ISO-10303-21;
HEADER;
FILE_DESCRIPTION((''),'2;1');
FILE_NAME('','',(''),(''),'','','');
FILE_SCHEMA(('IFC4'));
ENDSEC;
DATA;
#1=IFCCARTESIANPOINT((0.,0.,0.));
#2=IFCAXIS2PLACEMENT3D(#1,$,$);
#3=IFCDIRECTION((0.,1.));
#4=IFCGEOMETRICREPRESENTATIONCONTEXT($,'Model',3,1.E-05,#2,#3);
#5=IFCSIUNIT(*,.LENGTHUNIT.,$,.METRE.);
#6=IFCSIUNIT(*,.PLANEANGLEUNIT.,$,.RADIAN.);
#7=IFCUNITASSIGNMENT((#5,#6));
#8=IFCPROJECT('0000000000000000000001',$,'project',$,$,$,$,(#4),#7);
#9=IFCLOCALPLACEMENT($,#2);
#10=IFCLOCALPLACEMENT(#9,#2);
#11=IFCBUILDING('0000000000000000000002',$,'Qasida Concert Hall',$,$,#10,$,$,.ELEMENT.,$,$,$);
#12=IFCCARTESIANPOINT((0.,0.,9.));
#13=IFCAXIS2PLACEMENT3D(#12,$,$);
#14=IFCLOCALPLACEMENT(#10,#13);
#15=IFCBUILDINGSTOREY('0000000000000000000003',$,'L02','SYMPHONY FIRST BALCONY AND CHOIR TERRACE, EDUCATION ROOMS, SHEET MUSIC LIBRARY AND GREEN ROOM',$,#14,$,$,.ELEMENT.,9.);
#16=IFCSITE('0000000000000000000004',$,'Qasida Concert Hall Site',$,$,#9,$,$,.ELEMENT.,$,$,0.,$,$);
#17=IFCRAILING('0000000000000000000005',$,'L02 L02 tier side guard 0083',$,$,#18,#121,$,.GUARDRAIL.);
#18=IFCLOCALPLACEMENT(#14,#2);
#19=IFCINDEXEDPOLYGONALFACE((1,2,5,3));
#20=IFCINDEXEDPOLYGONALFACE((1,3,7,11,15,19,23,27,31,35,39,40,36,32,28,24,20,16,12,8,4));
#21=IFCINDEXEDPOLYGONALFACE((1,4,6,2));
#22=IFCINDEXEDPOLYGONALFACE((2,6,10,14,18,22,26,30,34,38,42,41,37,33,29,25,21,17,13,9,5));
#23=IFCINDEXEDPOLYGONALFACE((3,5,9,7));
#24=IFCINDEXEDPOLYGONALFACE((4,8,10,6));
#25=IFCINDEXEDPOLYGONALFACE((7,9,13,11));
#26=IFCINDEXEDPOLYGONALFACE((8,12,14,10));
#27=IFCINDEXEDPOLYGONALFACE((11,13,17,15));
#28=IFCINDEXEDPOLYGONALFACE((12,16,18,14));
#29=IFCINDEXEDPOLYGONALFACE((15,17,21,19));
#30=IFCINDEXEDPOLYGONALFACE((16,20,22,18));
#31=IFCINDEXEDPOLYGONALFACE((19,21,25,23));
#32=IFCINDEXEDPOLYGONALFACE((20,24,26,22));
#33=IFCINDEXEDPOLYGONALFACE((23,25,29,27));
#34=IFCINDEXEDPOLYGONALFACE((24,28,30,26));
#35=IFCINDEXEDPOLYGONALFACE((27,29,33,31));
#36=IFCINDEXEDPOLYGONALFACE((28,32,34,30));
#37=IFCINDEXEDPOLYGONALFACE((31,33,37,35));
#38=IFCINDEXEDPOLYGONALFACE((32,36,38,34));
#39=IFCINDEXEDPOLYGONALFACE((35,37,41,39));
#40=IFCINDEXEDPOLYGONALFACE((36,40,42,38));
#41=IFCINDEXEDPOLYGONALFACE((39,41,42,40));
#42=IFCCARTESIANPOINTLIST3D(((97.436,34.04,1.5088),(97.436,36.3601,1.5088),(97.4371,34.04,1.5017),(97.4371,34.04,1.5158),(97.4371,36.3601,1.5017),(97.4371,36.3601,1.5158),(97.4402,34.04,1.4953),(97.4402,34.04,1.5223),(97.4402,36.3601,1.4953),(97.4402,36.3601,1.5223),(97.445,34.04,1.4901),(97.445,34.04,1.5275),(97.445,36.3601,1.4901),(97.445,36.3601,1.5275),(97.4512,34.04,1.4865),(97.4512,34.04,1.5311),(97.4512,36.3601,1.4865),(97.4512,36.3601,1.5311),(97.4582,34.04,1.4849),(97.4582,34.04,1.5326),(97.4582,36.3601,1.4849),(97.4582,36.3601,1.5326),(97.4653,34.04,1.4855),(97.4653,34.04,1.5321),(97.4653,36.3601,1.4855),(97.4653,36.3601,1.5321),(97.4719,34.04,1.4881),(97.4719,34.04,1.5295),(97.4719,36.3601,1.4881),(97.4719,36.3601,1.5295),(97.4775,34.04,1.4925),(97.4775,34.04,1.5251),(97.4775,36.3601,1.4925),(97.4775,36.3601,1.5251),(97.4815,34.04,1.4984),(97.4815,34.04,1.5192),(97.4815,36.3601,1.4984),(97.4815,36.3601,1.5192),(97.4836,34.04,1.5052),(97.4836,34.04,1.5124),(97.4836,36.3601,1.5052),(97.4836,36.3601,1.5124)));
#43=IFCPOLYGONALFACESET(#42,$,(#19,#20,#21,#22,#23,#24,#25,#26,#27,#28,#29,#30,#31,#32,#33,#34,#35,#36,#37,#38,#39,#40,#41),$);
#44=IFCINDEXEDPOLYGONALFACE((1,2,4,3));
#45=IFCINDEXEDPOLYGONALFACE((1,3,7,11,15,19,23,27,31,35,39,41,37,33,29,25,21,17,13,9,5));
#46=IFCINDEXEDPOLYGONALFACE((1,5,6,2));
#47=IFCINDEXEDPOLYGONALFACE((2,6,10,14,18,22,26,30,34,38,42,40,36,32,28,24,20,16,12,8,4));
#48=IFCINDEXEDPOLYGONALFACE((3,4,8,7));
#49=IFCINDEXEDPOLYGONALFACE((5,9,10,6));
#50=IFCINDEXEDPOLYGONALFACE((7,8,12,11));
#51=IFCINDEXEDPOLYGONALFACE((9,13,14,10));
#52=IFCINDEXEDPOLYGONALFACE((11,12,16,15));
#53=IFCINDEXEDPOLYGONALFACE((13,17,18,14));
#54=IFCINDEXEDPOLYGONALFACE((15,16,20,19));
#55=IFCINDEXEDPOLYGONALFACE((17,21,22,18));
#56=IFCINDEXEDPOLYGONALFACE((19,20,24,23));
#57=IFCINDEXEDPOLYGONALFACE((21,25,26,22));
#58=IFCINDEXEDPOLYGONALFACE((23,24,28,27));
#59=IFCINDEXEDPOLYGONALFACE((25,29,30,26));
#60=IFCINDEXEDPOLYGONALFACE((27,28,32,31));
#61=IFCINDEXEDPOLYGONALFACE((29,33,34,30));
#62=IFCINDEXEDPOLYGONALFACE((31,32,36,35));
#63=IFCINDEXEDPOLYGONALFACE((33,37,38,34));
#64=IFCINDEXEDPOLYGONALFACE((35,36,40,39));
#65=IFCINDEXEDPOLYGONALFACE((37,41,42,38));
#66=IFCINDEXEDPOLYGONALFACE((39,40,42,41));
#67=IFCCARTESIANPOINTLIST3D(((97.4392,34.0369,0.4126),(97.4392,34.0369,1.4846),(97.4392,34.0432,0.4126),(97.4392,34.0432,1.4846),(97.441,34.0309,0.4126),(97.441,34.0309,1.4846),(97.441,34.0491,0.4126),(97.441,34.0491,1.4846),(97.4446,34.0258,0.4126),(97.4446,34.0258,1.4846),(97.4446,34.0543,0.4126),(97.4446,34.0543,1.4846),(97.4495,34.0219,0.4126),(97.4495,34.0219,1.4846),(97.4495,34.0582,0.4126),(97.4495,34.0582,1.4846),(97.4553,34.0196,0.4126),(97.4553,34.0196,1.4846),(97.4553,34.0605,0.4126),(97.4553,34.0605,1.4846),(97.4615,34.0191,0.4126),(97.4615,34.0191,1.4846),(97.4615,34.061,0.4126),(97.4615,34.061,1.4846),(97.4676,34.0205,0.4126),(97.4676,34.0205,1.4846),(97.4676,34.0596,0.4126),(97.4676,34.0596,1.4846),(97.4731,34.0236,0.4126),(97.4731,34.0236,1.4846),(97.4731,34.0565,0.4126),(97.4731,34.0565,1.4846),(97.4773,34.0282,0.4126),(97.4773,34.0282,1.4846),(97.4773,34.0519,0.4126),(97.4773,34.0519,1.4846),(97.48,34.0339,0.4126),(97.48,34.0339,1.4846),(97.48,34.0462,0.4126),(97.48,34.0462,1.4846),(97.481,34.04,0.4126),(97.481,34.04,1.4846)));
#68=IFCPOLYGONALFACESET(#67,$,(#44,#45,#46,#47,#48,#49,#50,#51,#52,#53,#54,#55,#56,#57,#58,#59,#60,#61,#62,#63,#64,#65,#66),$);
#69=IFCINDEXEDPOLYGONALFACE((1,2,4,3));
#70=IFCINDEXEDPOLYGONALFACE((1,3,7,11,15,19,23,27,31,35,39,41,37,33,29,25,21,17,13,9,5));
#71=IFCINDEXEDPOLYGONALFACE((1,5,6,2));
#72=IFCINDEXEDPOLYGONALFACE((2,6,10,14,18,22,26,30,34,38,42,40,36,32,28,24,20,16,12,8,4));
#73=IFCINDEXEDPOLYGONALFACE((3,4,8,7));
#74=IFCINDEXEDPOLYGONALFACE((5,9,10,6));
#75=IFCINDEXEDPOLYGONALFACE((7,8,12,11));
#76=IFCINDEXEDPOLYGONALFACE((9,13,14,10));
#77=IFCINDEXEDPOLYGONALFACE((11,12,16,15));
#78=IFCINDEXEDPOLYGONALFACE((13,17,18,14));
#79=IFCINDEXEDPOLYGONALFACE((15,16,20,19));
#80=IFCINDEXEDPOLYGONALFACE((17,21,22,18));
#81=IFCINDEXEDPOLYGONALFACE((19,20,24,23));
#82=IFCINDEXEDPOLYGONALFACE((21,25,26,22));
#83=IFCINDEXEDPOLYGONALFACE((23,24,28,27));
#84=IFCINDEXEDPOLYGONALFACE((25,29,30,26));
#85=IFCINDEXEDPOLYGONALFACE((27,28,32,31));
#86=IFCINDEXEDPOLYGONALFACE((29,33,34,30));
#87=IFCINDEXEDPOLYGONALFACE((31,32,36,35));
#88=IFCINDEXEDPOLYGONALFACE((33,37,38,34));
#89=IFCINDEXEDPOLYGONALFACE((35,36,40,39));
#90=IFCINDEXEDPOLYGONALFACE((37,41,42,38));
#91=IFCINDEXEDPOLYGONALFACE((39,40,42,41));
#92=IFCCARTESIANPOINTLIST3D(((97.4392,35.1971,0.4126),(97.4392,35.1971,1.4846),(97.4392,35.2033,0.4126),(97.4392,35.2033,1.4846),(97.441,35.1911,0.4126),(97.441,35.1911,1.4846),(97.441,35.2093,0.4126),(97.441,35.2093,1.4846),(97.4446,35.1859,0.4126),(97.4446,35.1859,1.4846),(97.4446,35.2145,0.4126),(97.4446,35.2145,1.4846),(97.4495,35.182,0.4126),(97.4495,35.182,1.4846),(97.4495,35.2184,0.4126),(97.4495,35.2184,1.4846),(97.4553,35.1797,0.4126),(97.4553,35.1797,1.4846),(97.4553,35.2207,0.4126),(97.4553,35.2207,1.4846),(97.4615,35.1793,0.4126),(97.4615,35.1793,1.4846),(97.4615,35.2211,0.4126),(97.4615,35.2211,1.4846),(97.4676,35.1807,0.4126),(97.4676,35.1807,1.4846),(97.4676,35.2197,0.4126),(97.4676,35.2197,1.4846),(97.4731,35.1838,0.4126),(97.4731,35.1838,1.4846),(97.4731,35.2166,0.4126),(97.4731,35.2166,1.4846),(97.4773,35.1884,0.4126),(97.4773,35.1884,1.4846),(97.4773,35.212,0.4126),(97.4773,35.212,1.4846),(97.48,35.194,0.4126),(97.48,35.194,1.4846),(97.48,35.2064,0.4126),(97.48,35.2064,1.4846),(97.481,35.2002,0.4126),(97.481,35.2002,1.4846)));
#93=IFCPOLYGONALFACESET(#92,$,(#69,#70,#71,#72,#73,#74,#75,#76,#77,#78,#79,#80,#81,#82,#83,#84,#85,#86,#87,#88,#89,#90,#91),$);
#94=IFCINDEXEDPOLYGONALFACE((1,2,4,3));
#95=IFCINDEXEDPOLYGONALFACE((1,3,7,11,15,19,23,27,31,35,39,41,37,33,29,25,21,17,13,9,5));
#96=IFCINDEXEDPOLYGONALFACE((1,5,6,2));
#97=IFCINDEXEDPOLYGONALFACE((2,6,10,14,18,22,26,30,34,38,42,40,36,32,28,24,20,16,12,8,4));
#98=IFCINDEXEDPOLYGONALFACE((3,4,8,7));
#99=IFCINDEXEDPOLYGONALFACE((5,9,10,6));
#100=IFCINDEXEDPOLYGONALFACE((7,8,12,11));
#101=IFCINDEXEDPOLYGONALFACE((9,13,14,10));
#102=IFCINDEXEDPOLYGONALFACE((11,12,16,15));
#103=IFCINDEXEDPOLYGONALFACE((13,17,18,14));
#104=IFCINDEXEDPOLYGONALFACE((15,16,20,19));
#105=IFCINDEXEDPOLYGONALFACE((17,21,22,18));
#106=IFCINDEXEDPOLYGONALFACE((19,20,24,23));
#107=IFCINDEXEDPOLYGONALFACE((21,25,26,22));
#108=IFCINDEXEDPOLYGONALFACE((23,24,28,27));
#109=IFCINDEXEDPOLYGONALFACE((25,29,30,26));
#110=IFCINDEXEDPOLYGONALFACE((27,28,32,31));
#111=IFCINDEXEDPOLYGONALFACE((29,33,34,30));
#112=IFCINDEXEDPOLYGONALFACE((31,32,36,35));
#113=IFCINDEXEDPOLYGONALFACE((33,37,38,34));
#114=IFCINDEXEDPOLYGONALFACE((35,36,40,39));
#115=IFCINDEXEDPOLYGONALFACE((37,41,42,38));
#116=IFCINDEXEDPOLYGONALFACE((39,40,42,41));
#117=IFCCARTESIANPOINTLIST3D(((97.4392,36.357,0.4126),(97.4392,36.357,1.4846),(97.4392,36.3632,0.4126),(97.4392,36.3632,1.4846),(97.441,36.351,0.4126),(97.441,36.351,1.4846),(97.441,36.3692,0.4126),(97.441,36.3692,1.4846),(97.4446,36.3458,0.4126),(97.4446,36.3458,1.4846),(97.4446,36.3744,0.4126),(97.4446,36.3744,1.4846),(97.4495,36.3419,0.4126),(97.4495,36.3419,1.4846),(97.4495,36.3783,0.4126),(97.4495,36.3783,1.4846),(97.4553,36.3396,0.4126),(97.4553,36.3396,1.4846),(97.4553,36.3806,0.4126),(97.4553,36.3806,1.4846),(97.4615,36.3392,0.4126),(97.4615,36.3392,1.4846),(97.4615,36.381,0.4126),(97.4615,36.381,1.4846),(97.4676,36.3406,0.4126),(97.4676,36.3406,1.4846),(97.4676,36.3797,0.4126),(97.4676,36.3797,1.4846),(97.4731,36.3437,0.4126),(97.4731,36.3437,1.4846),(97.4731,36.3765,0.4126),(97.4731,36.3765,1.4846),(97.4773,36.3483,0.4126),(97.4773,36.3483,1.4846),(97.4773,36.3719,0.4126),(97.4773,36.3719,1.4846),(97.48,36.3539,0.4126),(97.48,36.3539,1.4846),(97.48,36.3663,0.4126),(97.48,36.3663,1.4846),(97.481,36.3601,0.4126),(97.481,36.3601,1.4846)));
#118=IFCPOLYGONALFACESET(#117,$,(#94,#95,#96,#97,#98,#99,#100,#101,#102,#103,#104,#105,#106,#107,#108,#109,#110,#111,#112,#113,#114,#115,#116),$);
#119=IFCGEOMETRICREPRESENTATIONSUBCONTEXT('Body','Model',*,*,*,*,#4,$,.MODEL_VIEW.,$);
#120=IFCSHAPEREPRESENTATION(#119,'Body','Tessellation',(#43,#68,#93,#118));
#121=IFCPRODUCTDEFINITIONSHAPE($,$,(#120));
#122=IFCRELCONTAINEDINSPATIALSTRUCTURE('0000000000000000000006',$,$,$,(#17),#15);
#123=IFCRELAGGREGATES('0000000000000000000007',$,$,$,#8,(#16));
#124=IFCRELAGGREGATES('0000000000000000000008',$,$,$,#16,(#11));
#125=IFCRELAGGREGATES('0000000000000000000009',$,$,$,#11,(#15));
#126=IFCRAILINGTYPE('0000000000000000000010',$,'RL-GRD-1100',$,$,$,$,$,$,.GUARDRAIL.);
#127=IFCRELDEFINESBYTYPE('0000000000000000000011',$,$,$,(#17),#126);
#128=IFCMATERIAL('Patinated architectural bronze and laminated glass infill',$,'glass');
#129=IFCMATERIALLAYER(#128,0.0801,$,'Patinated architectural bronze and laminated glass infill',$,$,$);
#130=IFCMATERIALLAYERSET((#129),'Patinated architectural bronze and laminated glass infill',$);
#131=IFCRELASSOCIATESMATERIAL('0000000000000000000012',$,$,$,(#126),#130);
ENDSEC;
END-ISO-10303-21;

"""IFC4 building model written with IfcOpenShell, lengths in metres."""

from ifc_helpers import new_model, si_unit, direction, frame, origin, origin_2d, place, context, subcontext, project, spatial, circle, extrude, material, layer, layer_set, type_object, element, save


model = new_model("IFC4")

# Units and contexts
model_context = context("Model", 3, precision=1e-05, world=origin(), true_north=direction((0.0, 1.0)))
body_context = subcontext(model_context, "Body", "Model", "MODEL_VIEW")
ifc_project = project(units=[si_unit("LENGTHUNIT", "METRE"), si_unit("PLANEANGLEUNIT", "RADIAN")], contexts=[model_context])

# Site, building, storey
site_placement = place(None, origin())
site = spatial("IfcSite", under=ifc_project, at=site_placement, Name="Qasida Concert Hall Site", CompositionType="ELEMENT", RefElevation=0.0)
building_placement = place(site_placement, origin())
building = spatial("IfcBuilding", under=site, at=building_placement, Name="Qasida Concert Hall", CompositionType="ELEMENT")
storey_placement = place(building_placement, frame((0.0, 0.0, 9.0)))
storey = spatial("IfcBuildingStorey", under=building, at=storey_placement, Name="L02", Description="SYMPHONY FIRST BALCONY AND CHOIR TERRACE, EDUCATION ROOMS, SHEET MUSIC LIBRARY AND GREEN ROOM", CompositionType="ELEMENT", Elevation=9.0)

# Railing
ifc_material_1 = material(Name="Patinated architectural bronze and laminated glass infill", Category="glass")
ifc_layer_1 = layer(ifc_material_1, 0.0801, Name="Patinated architectural bronze and laminated glass infill")
ifc_layer_set_1 = layer_set([ifc_layer_1], Name="Patinated architectural bronze and laminated glass infill")
railing_type_1 = type_object("IfcRailingType", Name="RL-GRD-1100", PredefinedType="GUARDRAIL", material=ifc_layer_set_1)
for number, where, name in (
    (1, (97.46, 34.04, 0.4126), "L02 L02 tier side guard 0083"),
):
    element("IfcRailing", number, at=place(storey_placement, frame(where)), inside=storey, type_object=railing_type_1, Name=name, PredefinedType="GUARDRAIL", context=body_context, shape_type="SweptSolid", body=[
        extrude(circle(Radius=0.0239, at=origin_2d()), frame((0.0, 0.0, 1.0962), z_axis=(0.0, 1.0, 0.0), x_axis=(-1.0, 0.0, 0.0)), (0.0, 0.0, 1.0), 2.3201),
        extrude(circle(Radius=0.021, at=origin_2d()), origin(), (0.0, 0.0, 1.0), 1.072),
        extrude(circle(Radius=0.021, at=origin_2d()), frame((0.0, 1.1602, 0.0)), (0.0, 0.0, 1.0), 1.072),
        extrude(circle(Radius=0.021, at=origin_2d()), frame((0.0, 2.3201, 0.0)), (0.0, 0.0, 1.0), 1.072),
    ])

save(model, "model.ifc")
